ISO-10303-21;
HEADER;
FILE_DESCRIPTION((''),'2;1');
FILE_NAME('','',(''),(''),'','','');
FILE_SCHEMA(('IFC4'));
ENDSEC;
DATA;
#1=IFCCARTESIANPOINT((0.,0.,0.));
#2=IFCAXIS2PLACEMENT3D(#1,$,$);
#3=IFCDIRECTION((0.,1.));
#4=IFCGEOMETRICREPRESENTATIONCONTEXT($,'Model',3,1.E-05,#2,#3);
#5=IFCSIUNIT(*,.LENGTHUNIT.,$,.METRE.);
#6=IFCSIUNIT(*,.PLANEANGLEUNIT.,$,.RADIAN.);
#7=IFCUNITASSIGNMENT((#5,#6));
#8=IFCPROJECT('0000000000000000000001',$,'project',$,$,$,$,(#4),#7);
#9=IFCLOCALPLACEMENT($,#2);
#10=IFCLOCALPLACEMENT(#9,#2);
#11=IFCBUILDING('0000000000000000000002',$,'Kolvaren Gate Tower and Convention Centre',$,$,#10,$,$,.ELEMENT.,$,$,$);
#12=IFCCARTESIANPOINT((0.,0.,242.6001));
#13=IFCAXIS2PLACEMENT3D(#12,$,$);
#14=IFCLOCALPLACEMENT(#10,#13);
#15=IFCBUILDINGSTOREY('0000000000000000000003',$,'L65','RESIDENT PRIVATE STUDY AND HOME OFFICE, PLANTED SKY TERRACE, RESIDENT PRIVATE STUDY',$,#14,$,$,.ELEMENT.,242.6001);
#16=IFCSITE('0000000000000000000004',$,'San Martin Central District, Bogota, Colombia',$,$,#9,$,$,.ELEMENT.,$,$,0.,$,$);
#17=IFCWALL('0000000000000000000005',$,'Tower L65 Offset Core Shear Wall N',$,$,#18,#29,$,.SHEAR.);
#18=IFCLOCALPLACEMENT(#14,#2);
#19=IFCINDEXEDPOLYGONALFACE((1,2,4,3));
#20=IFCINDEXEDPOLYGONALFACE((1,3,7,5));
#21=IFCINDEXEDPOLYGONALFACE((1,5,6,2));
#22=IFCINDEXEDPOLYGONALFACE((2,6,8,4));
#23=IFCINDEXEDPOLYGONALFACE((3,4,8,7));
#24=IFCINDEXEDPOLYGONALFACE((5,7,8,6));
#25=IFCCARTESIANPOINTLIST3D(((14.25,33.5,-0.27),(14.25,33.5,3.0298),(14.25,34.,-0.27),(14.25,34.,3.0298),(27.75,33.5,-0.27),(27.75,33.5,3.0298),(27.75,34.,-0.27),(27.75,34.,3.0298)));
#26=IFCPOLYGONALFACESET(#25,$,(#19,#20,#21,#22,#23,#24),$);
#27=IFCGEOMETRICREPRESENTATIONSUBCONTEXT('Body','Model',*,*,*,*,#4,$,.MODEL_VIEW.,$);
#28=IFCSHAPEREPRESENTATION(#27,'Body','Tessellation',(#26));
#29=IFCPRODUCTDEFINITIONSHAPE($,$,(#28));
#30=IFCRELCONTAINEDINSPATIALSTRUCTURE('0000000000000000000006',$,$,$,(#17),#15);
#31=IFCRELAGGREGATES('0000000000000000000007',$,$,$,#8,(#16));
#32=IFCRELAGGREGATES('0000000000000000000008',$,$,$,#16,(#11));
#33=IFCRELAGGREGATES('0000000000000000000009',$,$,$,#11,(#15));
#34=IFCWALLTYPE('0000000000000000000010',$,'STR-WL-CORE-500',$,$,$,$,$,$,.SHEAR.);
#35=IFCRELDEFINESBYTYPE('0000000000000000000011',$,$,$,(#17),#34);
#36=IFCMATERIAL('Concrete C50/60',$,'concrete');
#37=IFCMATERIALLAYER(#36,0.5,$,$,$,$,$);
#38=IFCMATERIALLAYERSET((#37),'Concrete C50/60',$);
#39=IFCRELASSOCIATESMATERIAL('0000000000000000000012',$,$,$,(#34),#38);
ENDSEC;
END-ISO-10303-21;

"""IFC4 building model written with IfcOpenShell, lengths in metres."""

from ifc_helpers import new_model, si_unit, direction, frame, frame_2d, origin, place, context, subcontext, project, spatial, rectangle, extrude, material, layer, layer_set, type_object, element, save


model = new_model("IFC4")

# Units and contexts
model_context = context("Model", 3, precision=1e-05, world=origin(), true_north=direction((0.0, 1.0)))
body_context = subcontext(model_context, "Body", "Model", "MODEL_VIEW")
ifc_project = project(units=[si_unit("LENGTHUNIT", "METRE"), si_unit("PLANEANGLEUNIT", "RADIAN")], contexts=[model_context])

# Site, building, storey
site_placement = place(None, origin())
site = spatial("IfcSite", under=ifc_project, at=site_placement, Name="San Martin Central District, Bogota, Colombia", CompositionType="ELEMENT", RefElevation=0.0)
building_placement = place(site_placement, origin())
building = spatial("IfcBuilding", under=site, at=building_placement, Name="Kolvaren Gate Tower and Convention Centre", CompositionType="ELEMENT")
storey_placement = place(building_placement, frame((0.0, 0.0, 242.6001)))
storey = spatial("IfcBuildingStorey", under=building, at=storey_placement, Name="L65", Description="RESIDENT PRIVATE STUDY AND HOME OFFICE, PLANTED SKY TERRACE, RESIDENT PRIVATE STUDY", CompositionType="ELEMENT", Elevation=242.6001)

# Wall
ifc_material_1 = material(Name="Concrete C50/60", Category="concrete")
ifc_layer_1 = layer(ifc_material_1, 0.5)
ifc_layer_set_1 = layer_set([ifc_layer_1], Name="Concrete C50/60")
wall_type_1 = type_object("IfcWallType", Name="STR-WL-CORE-500", PredefinedType="SHEAR", material=ifc_layer_set_1)
wall_1_placement = place(storey_placement, frame((14.25, 33.75, -0.27), z_axis=(0.0, 0.0, 1.0), x_axis=(1.0, 0.0, 0.0)))
element("IfcWall", 1, at=wall_1_placement, inside=storey, type_object=wall_type_1, Name="Tower L65 Offset Core Shear Wall N", PredefinedType="SHEAR", context=body_context, shape_type="SweptSolid", body=[
    extrude(rectangle(XDim=13.5, YDim=0.5, at=frame_2d((6.75, 0.0))), origin(), (0.0, 0.0, 1.0), 3.2998),
])

save(model, "model.ifc")
